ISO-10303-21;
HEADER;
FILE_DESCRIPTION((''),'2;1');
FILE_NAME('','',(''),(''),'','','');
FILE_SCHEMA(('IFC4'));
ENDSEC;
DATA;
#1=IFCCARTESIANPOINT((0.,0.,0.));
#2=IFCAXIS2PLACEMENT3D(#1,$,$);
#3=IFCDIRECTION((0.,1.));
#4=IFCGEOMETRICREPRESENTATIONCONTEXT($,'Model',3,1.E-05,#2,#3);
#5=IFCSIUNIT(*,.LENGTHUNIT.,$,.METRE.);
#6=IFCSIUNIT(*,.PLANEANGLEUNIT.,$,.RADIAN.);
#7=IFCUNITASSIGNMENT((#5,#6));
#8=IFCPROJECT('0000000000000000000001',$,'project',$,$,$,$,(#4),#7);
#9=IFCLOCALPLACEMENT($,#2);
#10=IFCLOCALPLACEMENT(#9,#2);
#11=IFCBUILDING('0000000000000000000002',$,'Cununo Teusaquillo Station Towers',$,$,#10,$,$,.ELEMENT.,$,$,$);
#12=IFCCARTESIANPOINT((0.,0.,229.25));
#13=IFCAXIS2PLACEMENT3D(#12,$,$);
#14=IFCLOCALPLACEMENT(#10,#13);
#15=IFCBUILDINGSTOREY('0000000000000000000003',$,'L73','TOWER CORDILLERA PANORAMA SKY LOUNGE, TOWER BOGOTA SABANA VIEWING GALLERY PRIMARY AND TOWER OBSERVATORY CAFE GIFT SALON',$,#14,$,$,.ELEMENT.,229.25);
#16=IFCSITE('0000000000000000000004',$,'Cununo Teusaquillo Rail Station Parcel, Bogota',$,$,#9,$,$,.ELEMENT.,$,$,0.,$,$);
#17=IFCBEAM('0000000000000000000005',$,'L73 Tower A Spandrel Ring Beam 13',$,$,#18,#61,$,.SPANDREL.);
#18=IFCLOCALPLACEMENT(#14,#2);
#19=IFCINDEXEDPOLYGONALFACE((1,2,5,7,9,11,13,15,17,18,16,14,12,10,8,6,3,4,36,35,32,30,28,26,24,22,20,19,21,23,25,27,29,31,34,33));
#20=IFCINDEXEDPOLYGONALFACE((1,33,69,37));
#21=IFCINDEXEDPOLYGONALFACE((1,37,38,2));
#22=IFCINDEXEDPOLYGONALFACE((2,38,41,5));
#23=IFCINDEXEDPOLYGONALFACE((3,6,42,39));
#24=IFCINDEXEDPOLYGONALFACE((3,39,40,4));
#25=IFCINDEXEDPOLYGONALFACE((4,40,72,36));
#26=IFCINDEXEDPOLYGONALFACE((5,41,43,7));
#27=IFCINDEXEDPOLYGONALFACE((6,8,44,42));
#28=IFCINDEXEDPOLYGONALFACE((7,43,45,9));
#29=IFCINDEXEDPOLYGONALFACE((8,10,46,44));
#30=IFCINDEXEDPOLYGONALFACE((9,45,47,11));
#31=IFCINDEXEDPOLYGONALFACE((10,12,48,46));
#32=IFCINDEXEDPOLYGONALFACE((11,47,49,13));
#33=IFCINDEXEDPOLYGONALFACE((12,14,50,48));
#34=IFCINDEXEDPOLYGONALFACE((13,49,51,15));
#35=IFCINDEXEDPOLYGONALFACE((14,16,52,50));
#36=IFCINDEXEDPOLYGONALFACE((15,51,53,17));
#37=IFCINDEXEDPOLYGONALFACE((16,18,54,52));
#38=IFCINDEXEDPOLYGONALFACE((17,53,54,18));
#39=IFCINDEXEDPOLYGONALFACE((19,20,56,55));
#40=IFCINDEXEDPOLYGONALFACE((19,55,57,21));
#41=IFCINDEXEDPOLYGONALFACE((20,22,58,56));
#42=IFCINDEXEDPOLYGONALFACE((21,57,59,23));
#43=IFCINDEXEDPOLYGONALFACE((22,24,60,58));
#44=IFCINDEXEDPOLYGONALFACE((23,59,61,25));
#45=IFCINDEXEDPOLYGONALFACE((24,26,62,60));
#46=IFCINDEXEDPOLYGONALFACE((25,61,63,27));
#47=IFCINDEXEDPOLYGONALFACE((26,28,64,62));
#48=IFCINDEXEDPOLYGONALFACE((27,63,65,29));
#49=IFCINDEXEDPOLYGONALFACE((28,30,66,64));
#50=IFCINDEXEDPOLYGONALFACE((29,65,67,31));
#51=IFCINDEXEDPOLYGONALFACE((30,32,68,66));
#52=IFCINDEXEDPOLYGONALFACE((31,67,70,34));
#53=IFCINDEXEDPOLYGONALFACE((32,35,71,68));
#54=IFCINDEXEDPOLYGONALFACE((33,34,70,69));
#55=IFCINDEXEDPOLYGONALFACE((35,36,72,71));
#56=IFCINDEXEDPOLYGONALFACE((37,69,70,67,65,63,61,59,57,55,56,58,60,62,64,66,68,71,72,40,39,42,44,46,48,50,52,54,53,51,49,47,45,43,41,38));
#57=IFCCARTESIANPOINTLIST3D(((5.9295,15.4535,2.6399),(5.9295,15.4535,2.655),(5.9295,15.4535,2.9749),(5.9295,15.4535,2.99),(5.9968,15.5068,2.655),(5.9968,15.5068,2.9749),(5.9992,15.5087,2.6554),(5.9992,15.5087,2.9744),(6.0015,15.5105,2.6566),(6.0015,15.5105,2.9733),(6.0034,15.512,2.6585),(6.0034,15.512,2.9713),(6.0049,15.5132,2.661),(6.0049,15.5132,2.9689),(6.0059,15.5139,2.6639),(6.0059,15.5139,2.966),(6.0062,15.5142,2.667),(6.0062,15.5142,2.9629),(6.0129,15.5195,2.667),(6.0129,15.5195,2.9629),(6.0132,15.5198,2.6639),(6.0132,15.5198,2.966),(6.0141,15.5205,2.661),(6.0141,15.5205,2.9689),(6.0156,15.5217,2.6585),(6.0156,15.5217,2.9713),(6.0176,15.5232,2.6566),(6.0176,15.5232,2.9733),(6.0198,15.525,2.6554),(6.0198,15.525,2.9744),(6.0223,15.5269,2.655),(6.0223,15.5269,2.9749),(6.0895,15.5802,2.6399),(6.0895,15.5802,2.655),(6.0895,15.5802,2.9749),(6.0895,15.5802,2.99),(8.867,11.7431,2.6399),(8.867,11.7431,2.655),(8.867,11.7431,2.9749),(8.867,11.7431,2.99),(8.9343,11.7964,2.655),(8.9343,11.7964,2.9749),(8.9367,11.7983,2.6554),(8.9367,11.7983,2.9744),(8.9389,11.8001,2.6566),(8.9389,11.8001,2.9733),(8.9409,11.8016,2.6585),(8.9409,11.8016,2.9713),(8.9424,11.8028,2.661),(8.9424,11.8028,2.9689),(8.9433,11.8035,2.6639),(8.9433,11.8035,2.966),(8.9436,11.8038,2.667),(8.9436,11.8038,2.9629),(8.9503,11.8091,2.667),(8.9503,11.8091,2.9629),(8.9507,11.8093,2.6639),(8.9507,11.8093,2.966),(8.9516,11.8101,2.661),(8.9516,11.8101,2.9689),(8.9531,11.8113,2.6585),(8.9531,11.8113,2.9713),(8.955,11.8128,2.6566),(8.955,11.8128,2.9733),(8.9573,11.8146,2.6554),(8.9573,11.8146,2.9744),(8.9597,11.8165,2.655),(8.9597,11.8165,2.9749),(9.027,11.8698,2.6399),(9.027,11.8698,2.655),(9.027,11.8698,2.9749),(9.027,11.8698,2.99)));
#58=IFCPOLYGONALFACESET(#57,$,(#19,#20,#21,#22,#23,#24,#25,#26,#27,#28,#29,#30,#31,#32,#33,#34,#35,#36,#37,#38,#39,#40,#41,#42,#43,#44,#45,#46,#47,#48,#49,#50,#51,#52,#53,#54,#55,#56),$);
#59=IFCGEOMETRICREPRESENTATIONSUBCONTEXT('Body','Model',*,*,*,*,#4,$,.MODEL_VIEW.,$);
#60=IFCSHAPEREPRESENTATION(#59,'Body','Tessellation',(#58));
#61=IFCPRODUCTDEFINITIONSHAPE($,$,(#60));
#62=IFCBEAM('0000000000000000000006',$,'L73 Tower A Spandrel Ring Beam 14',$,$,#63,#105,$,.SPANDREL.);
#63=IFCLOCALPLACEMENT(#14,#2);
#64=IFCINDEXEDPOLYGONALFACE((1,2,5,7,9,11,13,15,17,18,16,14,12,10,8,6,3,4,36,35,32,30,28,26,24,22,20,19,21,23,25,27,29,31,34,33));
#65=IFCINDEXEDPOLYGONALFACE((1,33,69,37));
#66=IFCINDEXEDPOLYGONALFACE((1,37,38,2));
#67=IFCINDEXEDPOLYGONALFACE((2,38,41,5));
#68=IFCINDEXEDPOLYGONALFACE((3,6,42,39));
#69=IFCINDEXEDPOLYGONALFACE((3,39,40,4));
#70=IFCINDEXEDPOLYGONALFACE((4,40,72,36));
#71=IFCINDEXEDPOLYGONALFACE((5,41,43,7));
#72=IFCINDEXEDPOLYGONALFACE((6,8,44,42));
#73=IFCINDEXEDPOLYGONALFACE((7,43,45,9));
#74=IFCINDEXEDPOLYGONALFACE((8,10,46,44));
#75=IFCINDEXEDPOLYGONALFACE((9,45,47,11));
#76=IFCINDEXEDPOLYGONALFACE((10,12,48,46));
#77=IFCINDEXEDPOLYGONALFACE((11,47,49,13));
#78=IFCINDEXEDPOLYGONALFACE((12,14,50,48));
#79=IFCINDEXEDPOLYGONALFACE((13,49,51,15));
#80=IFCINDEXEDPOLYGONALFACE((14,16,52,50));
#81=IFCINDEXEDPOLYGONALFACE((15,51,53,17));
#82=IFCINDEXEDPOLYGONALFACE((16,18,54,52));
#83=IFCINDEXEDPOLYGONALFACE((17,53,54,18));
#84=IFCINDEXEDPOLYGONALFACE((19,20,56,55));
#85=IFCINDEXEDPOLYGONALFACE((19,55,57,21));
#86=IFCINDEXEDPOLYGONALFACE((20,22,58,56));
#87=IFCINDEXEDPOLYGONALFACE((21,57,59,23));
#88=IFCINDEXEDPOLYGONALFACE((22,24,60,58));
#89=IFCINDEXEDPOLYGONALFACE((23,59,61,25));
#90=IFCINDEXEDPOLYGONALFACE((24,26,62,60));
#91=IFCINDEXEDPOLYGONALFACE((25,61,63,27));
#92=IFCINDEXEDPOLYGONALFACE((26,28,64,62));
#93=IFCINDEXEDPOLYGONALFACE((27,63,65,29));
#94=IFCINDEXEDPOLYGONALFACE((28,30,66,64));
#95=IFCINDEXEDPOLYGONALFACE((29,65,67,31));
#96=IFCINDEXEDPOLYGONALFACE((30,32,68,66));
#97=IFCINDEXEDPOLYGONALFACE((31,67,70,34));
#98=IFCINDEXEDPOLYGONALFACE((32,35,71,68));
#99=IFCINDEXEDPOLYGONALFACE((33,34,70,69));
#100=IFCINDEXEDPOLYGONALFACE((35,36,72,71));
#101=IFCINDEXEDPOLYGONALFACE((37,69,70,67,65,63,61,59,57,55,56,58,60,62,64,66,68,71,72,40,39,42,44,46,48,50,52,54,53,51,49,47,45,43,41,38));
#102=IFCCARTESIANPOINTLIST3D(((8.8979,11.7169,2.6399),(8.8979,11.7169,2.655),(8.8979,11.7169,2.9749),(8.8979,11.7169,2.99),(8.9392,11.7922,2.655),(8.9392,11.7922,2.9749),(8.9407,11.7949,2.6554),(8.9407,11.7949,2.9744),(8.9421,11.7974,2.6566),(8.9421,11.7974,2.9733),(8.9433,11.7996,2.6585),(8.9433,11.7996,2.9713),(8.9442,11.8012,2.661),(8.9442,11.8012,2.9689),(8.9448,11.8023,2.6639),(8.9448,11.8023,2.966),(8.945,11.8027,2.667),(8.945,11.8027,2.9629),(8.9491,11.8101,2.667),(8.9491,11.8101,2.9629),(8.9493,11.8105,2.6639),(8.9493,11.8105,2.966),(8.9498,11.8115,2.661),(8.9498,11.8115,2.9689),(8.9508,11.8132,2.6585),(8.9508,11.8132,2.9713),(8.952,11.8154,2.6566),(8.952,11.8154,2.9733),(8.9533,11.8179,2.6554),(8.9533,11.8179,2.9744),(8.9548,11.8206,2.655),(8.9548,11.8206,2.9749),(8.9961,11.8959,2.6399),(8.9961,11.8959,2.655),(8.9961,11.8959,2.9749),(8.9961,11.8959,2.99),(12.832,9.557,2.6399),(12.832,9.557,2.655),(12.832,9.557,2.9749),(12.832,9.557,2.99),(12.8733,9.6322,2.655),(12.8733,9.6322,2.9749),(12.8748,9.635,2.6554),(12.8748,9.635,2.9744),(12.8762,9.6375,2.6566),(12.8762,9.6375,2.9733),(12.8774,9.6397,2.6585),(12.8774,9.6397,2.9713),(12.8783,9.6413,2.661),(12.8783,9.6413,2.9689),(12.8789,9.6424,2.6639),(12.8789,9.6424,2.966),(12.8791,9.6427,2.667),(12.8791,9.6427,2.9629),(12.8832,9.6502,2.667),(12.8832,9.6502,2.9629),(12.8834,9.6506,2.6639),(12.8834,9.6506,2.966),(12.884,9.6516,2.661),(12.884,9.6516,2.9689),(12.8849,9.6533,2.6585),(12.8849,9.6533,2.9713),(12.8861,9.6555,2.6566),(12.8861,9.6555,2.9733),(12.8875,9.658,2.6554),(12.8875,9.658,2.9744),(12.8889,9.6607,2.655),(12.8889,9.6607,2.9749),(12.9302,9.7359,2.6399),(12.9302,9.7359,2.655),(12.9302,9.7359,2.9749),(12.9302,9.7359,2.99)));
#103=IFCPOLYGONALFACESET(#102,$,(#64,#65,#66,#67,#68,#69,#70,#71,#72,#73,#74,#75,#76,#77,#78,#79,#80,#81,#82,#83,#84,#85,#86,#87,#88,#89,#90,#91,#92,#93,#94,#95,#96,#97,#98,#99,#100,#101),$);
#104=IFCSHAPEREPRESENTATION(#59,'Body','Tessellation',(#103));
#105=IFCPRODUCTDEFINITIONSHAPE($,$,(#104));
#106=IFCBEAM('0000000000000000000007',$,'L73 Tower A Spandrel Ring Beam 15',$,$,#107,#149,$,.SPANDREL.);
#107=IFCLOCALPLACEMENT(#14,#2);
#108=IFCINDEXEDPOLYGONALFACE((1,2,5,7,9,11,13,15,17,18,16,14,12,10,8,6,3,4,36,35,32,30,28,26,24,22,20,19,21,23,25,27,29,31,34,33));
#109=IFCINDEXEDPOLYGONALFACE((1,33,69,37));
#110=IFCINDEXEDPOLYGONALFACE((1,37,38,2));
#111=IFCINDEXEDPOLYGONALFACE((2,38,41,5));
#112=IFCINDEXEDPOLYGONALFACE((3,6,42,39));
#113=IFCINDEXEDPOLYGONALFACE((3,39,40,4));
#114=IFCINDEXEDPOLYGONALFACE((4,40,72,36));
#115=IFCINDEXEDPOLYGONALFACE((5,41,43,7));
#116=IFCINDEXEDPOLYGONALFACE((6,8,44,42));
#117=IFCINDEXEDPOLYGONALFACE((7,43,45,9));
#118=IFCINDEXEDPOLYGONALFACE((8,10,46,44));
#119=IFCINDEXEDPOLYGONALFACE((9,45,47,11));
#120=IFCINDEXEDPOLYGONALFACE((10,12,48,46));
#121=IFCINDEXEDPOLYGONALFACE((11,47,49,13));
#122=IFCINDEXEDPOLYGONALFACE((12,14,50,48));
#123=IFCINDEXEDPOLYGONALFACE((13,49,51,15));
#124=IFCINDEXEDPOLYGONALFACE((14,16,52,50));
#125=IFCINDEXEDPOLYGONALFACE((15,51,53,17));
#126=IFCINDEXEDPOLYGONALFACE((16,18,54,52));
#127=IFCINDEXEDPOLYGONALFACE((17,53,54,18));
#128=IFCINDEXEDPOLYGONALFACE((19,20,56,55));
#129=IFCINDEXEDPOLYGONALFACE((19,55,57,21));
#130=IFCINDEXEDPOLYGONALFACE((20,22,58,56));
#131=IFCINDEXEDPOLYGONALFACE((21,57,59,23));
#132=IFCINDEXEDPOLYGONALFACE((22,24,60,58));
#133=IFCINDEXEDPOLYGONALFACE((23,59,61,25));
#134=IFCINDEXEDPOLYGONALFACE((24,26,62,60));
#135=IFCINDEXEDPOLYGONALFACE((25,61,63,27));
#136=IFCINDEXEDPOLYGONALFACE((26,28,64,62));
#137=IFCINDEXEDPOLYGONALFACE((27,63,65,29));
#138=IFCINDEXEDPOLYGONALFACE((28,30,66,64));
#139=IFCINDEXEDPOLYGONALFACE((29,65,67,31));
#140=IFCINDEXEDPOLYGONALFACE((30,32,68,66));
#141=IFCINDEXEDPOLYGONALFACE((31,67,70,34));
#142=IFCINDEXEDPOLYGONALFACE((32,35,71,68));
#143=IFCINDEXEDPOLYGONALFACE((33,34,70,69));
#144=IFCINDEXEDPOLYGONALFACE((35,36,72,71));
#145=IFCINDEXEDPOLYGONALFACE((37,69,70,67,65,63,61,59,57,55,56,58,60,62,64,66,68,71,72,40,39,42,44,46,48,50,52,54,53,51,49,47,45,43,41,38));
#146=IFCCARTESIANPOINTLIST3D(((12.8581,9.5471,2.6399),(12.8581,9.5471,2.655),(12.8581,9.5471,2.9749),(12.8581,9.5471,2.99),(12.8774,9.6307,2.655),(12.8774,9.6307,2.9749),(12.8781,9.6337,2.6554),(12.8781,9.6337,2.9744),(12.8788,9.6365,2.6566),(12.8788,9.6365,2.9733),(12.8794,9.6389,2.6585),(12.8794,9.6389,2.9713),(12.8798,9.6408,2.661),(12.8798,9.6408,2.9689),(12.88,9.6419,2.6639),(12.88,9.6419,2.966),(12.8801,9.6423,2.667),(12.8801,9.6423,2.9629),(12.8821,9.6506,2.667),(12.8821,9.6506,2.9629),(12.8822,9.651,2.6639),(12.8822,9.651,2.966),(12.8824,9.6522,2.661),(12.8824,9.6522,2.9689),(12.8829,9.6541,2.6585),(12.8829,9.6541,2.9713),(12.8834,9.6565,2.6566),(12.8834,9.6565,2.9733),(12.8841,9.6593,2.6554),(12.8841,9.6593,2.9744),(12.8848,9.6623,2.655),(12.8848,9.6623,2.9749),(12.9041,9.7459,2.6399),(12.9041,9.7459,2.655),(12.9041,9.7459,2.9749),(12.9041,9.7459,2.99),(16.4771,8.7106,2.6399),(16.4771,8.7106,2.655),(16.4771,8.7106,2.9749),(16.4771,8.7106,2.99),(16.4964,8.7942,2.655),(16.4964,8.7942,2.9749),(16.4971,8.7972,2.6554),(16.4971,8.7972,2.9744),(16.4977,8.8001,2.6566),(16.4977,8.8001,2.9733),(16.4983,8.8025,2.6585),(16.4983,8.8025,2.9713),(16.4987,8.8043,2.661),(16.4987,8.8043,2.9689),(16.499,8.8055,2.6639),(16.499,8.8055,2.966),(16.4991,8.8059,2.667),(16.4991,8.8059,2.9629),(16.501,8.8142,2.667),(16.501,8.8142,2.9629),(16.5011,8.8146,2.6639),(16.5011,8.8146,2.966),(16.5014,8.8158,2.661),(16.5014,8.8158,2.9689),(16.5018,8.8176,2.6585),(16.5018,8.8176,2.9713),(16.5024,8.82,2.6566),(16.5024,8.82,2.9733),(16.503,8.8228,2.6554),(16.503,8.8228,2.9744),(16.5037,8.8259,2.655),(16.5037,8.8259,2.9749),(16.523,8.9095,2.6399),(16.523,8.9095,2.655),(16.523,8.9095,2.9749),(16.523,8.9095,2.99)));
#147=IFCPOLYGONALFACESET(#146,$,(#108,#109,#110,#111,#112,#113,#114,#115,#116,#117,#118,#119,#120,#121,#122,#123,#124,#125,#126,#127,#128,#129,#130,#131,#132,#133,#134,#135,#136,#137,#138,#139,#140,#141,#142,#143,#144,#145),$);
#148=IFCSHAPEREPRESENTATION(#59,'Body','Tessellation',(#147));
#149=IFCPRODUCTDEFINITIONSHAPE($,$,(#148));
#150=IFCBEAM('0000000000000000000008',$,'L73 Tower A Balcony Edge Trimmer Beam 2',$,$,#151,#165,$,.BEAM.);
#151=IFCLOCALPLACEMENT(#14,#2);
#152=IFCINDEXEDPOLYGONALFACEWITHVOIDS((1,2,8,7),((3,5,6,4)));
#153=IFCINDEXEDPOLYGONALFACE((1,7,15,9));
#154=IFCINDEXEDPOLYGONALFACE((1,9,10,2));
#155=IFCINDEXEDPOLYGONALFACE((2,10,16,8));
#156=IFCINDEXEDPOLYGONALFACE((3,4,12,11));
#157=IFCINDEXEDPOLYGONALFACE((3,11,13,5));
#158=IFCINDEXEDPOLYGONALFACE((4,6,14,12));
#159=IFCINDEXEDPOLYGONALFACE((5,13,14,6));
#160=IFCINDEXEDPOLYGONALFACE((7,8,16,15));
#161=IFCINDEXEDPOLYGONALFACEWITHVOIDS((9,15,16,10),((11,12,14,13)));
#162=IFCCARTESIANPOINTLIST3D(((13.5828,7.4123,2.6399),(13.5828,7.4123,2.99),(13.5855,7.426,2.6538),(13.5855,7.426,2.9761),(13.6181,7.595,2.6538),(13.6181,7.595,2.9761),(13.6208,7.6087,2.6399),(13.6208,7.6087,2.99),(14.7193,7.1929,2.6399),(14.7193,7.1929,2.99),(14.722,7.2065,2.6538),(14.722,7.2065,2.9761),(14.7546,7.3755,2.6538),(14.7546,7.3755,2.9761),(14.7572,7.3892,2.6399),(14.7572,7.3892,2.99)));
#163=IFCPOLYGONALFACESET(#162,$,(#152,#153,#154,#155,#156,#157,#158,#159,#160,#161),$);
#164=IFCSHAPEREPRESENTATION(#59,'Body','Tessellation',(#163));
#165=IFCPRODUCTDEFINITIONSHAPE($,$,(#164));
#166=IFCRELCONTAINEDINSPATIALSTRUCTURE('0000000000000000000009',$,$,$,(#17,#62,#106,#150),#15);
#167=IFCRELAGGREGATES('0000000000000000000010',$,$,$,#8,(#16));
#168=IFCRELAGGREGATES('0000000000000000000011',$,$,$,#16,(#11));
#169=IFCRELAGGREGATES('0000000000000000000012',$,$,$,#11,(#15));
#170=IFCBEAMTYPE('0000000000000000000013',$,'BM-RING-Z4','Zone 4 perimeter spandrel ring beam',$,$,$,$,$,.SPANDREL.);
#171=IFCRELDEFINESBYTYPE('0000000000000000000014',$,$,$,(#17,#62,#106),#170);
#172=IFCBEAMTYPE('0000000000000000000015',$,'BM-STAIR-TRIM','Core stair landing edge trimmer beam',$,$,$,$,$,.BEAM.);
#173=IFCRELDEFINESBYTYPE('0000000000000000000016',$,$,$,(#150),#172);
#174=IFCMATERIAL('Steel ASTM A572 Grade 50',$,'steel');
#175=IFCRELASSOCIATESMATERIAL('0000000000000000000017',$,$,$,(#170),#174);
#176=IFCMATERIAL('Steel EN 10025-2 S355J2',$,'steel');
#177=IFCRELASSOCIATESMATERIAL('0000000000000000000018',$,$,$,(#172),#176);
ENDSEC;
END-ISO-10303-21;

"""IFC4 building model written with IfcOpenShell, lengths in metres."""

from ifc_helpers import new_model, si_unit, direction, frame, origin, origin_2d, place, context, subcontext, project, spatial, hollow_rectangle, i_section, extrude, material, material_profile, profile_set, type_object, element, save


model = new_model("IFC4")

# Units and contexts
model_context = context("Model", 3, precision=1e-05, world=origin(), true_north=direction((0.0, 1.0)))
body_context = subcontext(model_context, "Body", "Model", "MODEL_VIEW")
ifc_project = project(units=[si_unit("LENGTHUNIT", "METRE"), si_unit("PLANEANGLEUNIT", "RADIAN")], contexts=[model_context])

# Site, building, storey
site_placement = place(None, origin())
site = spatial("IfcSite", under=ifc_project, at=site_placement, Name="Cununo Teusaquillo Rail Station Parcel, Bogota", CompositionType="ELEMENT", RefElevation=0.0)
building_placement = place(site_placement, origin())
building = spatial("IfcBuilding", under=site, at=building_placement, Name="Cununo Teusaquillo Station Towers", CompositionType="ELEMENT")
storey_placement = place(building_placement, frame((0.0, 0.0, 229.25)))
storey = spatial("IfcBuildingStorey", under=building, at=storey_placement, Name="L73", Description="TOWER CORDILLERA PANORAMA SKY LOUNGE, TOWER BOGOTA SABANA VIEWING GALLERY PRIMARY AND TOWER OBSERVATORY CAFE GIFT SALON", CompositionType="ELEMENT", Elevation=229.25)

# Beams
ifc_material_1 = material(Name="Steel ASTM A572 Grade 50", Category="steel")
ifc_material_profile_1 = material_profile(ifc_material_1, i_section(OverallWidth=0.2041, OverallDepth=0.3501, WebThickness=0.0085, FlangeThickness=0.0151, FilletRadius=0.012, at=origin_2d()), Name="W14X48")
ifc_profile_set_1 = profile_set([ifc_material_profile_1], Name="Steel ASTM A572 Grade 50")
beam_type_1 = type_object("IfcBeamType", Name="BM-RING-Z4", Description="Zone 4 perimeter spandrel ring beam", PredefinedType="SPANDREL", material=ifc_profile_set_1)
beam_1_placement = place(storey_placement, frame((6.0095, 15.5168, 2.8149), z_axis=(0.620711, -0.78404, 0.0), x_axis=(0.78404, 0.620711, 0.0)))
element("IfcBeam", 1, at=beam_1_placement, inside=storey, type_object=beam_type_1, Name="L73 Tower A Spandrel Ring Beam 13", PredefinedType="SPANDREL", context=body_context, shape_type="SweptSolid", body=[
    extrude(i_section(OverallWidth=0.2041, OverallDepth=0.3501, WebThickness=0.0085, FlangeThickness=0.0151, FilletRadius=0.012, at=origin_2d()), origin(), (0.0, 0.0, 1.0), 4.7324),
])
beam_2_placement = place(storey_placement, frame((8.947, 11.8064, 2.8149), z_axis=(0.876576, -0.481263, 0.0), x_axis=(0.481263, 0.876576, 0.0)))
element("IfcBeam", 2, at=beam_2_placement, inside=storey, type_object=beam_type_1, Name="L73 Tower A Spandrel Ring Beam 14", PredefinedType="SPANDREL", context=body_context, shape_type="SweptSolid", body=[
    extrude(i_section(OverallWidth=0.2041, OverallDepth=0.3501, WebThickness=0.0085, FlangeThickness=0.0151, FilletRadius=0.012, at=origin_2d()), origin(), (0.0, 0.0, 1.0), 4.488),
])
beam_3_placement = place(storey_placement, frame((12.8811, 9.6465, 2.8149), z_axis=(0.974315, -0.225191, 0.0), x_axis=(0.225191, 0.974315, 0.0)))
element("IfcBeam", 3, at=beam_3_placement, inside=storey, type_object=beam_type_1, Name="L73 Tower A Spandrel Ring Beam 15", PredefinedType="SPANDREL", context=body_context, shape_type="SweptSolid", body=[
    extrude(i_section(OverallWidth=0.2041, OverallDepth=0.3501, WebThickness=0.0085, FlangeThickness=0.0151, FilletRadius=0.012, at=origin_2d()), origin(), (0.0, 0.0, 1.0), 3.7144),
])
ifc_material_2 = material(Name="Steel EN 10025-2 S355J2", Category="steel")
ifc_material_profile_2 = material_profile(ifc_material_2, hollow_rectangle(XDim=0.2, YDim=0.3501, WallThickness=0.0139, at=origin_2d()), Name="RHS 350x200x14")
ifc_profile_set_2 = profile_set([ifc_material_profile_2], Name="Steel EN 10025-2 S355J2")
beam_type_2 = type_object("IfcBeamType", Name="BM-STAIR-TRIM", Description="Core stair landing edge trimmer beam", PredefinedType="BEAM", material=ifc_profile_set_2)
beam_4_placement = place(storey_placement, frame((13.6018, 7.5105, 2.8149), z_axis=(0.981857, -0.189622, 0.0), x_axis=(0.189622, 0.981857, 0.0)))
element("IfcBeam", 4, at=beam_4_placement, inside=storey, type_object=beam_type_2, Name="L73 Tower A Balcony Edge Trimmer Beam 2", PredefinedType="BEAM", context=body_context, shape_type="SweptSolid", body=[
    extrude(hollow_rectangle(XDim=0.2, YDim=0.3501, WallThickness=0.0139, at=origin_2d()), origin(), (0.0, 0.0, 1.0), 1.1575),
])

save(model, "model.ifc")
